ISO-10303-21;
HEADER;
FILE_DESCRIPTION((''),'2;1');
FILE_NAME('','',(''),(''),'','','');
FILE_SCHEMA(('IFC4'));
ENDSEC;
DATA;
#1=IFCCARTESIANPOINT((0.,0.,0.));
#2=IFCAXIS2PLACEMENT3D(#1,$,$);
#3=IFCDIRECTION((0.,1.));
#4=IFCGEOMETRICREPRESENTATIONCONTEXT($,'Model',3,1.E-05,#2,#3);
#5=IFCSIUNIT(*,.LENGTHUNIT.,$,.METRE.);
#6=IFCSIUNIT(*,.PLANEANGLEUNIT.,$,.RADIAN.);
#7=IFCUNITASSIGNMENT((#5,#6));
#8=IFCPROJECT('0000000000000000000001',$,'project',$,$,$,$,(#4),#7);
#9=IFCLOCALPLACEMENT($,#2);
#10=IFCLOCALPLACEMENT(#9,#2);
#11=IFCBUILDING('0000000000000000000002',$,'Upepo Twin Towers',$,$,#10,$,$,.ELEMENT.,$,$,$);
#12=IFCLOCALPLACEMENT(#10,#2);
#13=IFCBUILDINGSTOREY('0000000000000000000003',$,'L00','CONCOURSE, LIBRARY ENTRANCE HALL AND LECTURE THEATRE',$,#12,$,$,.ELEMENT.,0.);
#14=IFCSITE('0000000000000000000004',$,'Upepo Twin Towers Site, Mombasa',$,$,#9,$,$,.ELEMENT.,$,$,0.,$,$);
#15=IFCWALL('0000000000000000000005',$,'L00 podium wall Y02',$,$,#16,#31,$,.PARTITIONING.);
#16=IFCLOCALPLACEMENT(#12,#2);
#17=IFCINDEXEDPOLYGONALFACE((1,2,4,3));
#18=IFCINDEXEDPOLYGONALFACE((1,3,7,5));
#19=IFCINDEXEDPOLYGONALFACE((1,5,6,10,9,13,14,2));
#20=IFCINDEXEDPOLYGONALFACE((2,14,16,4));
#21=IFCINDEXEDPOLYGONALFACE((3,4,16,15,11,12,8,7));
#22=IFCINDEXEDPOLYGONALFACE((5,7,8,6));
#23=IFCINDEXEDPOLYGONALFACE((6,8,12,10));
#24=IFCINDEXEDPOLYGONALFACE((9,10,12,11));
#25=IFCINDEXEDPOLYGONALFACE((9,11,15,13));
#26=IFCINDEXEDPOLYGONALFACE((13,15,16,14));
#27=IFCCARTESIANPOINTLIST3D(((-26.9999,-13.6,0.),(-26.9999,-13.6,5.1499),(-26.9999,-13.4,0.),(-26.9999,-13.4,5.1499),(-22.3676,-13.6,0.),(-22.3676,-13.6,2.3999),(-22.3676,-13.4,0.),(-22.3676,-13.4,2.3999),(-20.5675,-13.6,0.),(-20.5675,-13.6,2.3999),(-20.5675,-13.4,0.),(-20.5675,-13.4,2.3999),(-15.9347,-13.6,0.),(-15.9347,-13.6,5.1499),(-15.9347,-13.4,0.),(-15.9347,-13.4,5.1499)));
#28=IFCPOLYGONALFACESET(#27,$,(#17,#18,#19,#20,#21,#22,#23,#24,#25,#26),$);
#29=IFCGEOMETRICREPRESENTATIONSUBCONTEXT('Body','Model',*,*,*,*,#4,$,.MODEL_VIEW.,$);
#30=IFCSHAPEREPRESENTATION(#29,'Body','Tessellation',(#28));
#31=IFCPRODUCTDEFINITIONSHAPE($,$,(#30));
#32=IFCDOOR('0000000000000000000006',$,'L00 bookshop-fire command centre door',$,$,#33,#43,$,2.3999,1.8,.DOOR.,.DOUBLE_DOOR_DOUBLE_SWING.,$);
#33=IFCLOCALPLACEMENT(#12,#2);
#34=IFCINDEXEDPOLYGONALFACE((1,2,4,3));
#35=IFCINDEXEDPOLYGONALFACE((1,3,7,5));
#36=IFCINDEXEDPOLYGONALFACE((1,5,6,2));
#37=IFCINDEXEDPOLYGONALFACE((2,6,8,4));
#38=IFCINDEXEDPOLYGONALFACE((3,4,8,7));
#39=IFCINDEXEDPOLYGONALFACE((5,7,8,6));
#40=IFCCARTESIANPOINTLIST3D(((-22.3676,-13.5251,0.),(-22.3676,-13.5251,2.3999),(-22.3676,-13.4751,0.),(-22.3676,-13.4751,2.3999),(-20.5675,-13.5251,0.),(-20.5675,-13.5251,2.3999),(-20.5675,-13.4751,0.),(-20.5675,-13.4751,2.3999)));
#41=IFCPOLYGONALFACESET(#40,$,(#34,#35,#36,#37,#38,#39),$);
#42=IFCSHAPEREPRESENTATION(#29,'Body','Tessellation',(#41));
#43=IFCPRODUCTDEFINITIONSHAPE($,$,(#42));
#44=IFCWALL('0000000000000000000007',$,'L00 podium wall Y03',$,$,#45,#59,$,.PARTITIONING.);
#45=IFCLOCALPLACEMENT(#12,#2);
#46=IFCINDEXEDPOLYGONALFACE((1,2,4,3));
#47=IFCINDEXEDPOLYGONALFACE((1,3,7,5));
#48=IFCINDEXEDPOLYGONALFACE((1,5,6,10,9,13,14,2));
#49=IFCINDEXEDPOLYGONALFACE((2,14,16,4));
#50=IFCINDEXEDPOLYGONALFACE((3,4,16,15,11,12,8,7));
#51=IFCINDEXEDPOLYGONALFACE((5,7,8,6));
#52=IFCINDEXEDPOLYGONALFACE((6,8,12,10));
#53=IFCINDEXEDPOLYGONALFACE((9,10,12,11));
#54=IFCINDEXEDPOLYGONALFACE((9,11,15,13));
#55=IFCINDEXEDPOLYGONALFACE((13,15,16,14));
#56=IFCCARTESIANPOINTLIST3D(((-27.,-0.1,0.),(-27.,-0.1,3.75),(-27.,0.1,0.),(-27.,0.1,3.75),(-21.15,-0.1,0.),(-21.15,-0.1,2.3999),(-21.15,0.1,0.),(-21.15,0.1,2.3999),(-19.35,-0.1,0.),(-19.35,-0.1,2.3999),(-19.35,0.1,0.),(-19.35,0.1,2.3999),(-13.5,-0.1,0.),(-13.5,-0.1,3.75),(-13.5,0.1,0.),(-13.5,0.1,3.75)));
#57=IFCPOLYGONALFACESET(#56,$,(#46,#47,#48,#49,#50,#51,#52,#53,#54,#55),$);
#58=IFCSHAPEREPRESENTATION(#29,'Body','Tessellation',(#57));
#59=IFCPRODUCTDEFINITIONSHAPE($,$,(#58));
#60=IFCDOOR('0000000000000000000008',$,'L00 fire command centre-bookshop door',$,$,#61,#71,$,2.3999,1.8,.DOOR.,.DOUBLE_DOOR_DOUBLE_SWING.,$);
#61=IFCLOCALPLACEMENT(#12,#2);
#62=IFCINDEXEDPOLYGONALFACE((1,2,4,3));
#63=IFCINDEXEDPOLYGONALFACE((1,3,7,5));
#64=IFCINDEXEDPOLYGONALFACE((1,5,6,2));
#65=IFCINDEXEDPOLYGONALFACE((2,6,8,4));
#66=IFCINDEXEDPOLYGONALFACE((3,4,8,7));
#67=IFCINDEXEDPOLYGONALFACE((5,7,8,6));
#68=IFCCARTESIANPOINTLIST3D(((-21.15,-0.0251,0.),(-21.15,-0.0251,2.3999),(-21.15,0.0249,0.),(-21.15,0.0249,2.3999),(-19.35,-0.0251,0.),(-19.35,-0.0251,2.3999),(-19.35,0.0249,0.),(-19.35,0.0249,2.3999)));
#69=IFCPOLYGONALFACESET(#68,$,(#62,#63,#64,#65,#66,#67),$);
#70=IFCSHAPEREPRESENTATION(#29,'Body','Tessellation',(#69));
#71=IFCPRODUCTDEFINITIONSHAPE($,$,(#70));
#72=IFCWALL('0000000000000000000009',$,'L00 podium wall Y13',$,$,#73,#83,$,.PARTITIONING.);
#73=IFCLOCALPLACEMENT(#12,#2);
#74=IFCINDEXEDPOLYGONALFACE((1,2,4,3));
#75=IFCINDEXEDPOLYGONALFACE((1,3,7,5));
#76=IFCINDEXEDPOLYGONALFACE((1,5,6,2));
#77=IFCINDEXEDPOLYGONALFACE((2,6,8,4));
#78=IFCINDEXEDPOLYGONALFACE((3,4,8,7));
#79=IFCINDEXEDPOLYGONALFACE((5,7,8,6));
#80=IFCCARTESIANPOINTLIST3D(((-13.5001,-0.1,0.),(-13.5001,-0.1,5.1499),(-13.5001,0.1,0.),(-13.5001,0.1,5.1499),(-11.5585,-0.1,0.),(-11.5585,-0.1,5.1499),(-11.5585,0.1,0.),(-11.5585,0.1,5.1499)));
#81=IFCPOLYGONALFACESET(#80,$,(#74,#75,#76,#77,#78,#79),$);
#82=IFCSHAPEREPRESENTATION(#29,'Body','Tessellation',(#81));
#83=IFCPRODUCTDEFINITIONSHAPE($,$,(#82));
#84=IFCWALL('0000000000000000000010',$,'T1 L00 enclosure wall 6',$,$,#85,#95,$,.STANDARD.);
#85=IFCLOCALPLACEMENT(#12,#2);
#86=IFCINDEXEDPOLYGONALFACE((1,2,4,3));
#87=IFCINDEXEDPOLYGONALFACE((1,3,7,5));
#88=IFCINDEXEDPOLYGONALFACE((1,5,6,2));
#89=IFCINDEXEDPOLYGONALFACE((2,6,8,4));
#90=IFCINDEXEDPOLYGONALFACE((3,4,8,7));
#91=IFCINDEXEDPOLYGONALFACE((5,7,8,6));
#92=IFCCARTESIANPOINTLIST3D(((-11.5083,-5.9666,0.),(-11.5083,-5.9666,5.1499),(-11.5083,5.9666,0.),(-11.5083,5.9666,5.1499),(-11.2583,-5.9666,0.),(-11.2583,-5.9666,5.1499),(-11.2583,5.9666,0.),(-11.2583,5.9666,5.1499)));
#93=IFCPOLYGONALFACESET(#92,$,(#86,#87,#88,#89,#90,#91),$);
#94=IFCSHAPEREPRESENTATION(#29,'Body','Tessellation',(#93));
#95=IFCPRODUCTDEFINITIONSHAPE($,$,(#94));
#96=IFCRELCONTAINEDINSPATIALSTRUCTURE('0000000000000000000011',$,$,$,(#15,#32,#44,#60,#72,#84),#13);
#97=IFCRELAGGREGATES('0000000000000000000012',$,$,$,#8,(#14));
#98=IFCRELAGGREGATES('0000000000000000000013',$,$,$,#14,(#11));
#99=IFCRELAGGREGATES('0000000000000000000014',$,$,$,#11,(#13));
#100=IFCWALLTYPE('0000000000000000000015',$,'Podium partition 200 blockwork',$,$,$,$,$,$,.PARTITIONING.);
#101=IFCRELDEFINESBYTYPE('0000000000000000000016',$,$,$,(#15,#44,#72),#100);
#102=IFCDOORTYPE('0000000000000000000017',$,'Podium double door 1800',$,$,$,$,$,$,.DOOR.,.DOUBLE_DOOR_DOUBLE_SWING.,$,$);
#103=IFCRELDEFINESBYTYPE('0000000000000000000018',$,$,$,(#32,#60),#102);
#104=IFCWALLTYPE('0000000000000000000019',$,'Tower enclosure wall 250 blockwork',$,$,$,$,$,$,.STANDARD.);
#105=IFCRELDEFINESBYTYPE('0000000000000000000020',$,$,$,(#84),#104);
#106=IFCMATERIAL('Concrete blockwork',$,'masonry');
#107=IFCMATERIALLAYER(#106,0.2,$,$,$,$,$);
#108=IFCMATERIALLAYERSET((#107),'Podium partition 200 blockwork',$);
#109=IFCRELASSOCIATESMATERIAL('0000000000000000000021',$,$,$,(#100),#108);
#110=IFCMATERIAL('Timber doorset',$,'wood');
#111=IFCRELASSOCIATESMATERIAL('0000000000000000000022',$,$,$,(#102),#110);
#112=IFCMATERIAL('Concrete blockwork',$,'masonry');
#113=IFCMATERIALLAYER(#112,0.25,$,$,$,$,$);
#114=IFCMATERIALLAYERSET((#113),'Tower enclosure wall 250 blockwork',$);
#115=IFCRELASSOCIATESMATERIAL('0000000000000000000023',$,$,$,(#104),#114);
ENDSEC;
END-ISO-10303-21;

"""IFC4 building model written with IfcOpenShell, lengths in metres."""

from ifc_helpers import new_model, si_unit, direction, frame, frame_2d, origin, place, context, subcontext, project, spatial, rectangle, extrude, material, layer, layer_set, type_object, element, fill, save


model = new_model("IFC4")

# Units and contexts
model_context = context("Model", 3, precision=1e-05, world=origin(), true_north=direction((0.0, 1.0)))
body_context = subcontext(model_context, "Body", "Model", "MODEL_VIEW")
ifc_project = project(units=[si_unit("LENGTHUNIT", "METRE"), si_unit("PLANEANGLEUNIT", "RADIAN")], contexts=[model_context])

# Site, building, storey
site_placement = place(None, origin())
site = spatial("IfcSite", under=ifc_project, at=site_placement, Name="Upepo Twin Towers Site, Mombasa", CompositionType="ELEMENT", RefElevation=0.0)
building_placement = place(site_placement, origin())
building = spatial("IfcBuilding", under=site, at=building_placement, Name="Upepo Twin Towers", CompositionType="ELEMENT")
storey_placement = place(building_placement, origin())
storey = spatial("IfcBuildingStorey", under=building, at=storey_placement, Name="L00", Description="CONCOURSE, LIBRARY ENTRANCE HALL AND LECTURE THEATRE", CompositionType="ELEMENT", Elevation=0.0)

# Walls, openings, doors
ifc_material_1 = material(Name="Concrete blockwork", Category="masonry")
ifc_layer_1 = layer(ifc_material_1, 0.2)
ifc_layer_set_1 = layer_set([ifc_layer_1], Name="Podium partition 200 blockwork")
wall_type_1 = type_object("IfcWallType", Name="Podium partition 200 blockwork", PredefinedType="PARTITIONING", material=ifc_layer_set_1)
wall_1_placement = place(storey_placement, frame((-27.0, -13.5, 0.0), z_axis=(0.0, 0.0, 1.0), x_axis=(1.0, 0.0, 0.0)))
wall_1 = element("IfcWall", 1, at=wall_1_placement, inside=storey, type_object=wall_type_1, Name="L00 podium wall Y02", PredefinedType="PARTITIONING", context=body_context, shape_type="SweptSolid", body=[
    extrude(rectangle(XDim=11.0652, YDim=0.2, at=frame_2d((5.5327, 0.0))), origin(), (0.0, 0.0, 1.0), 5.1499),
])
opening_1_placement = place(wall_1_placement, frame((4.6326, 0.0, 0.0)))
opening_1 = element("IfcOpeningElement", 2, at=opening_1_placement, cuts=wall_1, PredefinedType="OPENING", context=body_context, shape_type="SweptSolid", body=[
    extrude(rectangle(XDim=1.8, YDim=2.3999, at=frame_2d((0.8999, 1.2))), frame((0.0, 0.1099, 0.0), z_axis=(0.0, -1.0, 0.0), x_axis=(1.0, 0.0, 0.0)), (0.0, 0.0, 1.0), 0.22),
])
ifc_material_2 = material(Name="Timber doorset", Category="wood")
door_type = type_object("IfcDoorType", Name="Podium double door 1800", OperationType="DOUBLE_DOOR_DOUBLE_SWING", PredefinedType="DOOR", material=ifc_material_2)
door_1_placement = place(opening_1_placement, origin())
door_1 = element("IfcDoor", 3, at=door_1_placement, inside=storey, type_object=door_type, Name="L00 bookshop-fire command centre door", OperationType="DOUBLE_DOOR_DOUBLE_SWING", OverallHeight=2.3999, OverallWidth=1.8, PredefinedType="DOOR", context=body_context, shape_type="SweptSolid", body=[
    extrude(rectangle(XDim=1.8, YDim=2.3999, at=frame_2d((0.8999, 1.2))), frame((0.0, 0.0249, 0.0), z_axis=(0.0, -1.0, 0.0), x_axis=(1.0, 0.0, 0.0)), (0.0, 0.0, 1.0), 0.05),
])
fill(opening_1, door_1)
wall_2_placement = place(storey_placement, frame((-27.0, 0.0, 0.0), z_axis=(0.0, 0.0, 1.0), x_axis=(1.0, 0.0, 0.0)))
wall_2 = element("IfcWall", 4, at=wall_2_placement, inside=storey, type_object=wall_type_1, Name="L00 podium wall Y03", PredefinedType="PARTITIONING", context=body_context, shape_type="SweptSolid", body=[
    extrude(rectangle(XDim=13.5, YDim=0.2, at=frame_2d((6.75, 0.0))), origin(), (0.0, 0.0, 1.0), 3.75),
])
opening_2_placement = place(wall_2_placement, frame((5.8501, 0.0, 0.0)))
opening_2 = element("IfcOpeningElement", 5, at=opening_2_placement, cuts=wall_2, PredefinedType="OPENING", context=body_context, shape_type="SweptSolid", body=[
    extrude(rectangle(XDim=1.8, YDim=2.3999, at=frame_2d((0.8999, 1.2))), frame((0.0, 0.1099, 0.0), z_axis=(0.0, -1.0, 0.0), x_axis=(1.0, 0.0, 0.0)), (0.0, 0.0, 1.0), 0.22),
])
door_2_placement = place(opening_2_placement, origin())
door_2 = element("IfcDoor", 6, at=door_2_placement, inside=storey, type_object=door_type, Name="L00 fire command centre-bookshop door", OperationType="DOUBLE_DOOR_DOUBLE_SWING", OverallHeight=2.3999, OverallWidth=1.8, PredefinedType="DOOR", context=body_context, shape_type="SweptSolid", body=[
    extrude(rectangle(XDim=1.8, YDim=2.3999, at=frame_2d((0.8999, 1.2))), frame((0.0, 0.0249, 0.0), z_axis=(0.0, -1.0, 0.0), x_axis=(1.0, 0.0, 0.0)), (0.0, 0.0, 1.0), 0.05),
])
fill(opening_2, door_2)

# Walls
wall_3_placement = place(storey_placement, frame((-13.5, 0.0, 0.0), z_axis=(0.0, 0.0, 1.0), x_axis=(1.0, 0.0, 0.0)))
element("IfcWall", 7, at=wall_3_placement, inside=storey, type_object=wall_type_1, Name="L00 podium wall Y13", PredefinedType="PARTITIONING", context=body_context, shape_type="SweptSolid", body=[
    extrude(rectangle(XDim=1.9417, YDim=0.2, at=frame_2d((0.9707, 0.0))), origin(), (0.0, 0.0, 1.0), 5.1499),
])
ifc_material_3 = material(Name="Concrete blockwork", Category="masonry")
ifc_layer_2 = layer(ifc_material_3, 0.25)
ifc_layer_set_2 = layer_set([ifc_layer_2], Name="Tower enclosure wall 250 blockwork")
wall_type_2 = type_object("IfcWallType", Name="Tower enclosure wall 250 blockwork", PredefinedType="STANDARD", material=ifc_layer_set_2)
wall_4_placement = place(storey_placement, frame((-11.3833, -5.9666, 0.0), z_axis=(0.0, 0.0, 1.0), x_axis=(0.0, 1.0, 0.0)))
element("IfcWall", 8, at=wall_4_placement, inside=storey, type_object=wall_type_2, Name="T1 L00 enclosure wall 6", PredefinedType="STANDARD", context=body_context, shape_type="SweptSolid", body=[
    extrude(rectangle(XDim=11.9331, YDim=0.25, at=frame_2d((5.9666, 0.0))), origin(), (0.0, 0.0, 1.0), 5.1499),
])

save(model, "model.ifc")
